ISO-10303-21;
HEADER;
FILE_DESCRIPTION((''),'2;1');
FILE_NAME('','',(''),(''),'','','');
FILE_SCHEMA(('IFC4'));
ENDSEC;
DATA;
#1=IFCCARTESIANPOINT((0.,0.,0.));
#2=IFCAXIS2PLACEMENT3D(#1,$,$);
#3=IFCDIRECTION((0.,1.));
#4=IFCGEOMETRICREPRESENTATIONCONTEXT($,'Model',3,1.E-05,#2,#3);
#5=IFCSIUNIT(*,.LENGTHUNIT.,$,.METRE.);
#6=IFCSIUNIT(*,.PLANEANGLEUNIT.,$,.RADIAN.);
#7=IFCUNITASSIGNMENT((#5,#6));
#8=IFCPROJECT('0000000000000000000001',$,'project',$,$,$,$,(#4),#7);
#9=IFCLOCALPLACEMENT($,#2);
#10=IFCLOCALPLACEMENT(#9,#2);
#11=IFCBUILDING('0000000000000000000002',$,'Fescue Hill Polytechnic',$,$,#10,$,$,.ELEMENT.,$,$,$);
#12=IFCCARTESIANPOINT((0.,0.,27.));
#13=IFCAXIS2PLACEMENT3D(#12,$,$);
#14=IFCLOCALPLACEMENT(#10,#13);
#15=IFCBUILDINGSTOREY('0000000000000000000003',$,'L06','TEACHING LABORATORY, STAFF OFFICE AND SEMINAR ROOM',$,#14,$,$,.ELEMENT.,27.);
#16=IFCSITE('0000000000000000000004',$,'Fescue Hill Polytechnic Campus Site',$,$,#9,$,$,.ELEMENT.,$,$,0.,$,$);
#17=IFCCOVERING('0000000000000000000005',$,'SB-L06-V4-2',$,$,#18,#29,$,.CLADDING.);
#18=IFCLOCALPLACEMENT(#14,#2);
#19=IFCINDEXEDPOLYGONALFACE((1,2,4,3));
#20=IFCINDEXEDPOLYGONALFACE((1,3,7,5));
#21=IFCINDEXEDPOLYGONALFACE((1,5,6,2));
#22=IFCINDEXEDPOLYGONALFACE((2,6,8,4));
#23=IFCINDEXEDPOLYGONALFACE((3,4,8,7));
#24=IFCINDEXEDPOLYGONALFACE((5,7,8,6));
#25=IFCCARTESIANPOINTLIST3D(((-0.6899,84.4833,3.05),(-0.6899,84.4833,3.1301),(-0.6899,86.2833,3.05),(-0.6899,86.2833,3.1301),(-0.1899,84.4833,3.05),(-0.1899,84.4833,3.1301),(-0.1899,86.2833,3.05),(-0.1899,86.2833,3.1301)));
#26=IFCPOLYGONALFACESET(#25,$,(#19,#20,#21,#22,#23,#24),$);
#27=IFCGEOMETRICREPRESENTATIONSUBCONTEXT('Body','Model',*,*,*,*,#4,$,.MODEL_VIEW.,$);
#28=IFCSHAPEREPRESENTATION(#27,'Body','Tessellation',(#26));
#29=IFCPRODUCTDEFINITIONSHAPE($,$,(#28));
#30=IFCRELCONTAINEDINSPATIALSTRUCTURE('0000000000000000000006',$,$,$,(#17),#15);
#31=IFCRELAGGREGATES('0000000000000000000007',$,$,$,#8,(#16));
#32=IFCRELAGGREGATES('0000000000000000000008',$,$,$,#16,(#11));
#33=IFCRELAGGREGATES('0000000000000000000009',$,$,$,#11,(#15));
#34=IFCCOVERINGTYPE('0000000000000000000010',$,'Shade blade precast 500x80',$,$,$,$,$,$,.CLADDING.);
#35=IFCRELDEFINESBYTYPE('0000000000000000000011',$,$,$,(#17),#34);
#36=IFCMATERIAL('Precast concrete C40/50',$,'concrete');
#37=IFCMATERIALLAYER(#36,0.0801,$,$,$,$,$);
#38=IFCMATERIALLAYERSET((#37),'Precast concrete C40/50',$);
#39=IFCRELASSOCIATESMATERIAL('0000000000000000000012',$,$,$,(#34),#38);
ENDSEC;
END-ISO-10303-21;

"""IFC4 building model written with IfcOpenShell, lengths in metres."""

from ifc_helpers import new_model, si_unit, direction, frame, origin, origin_2d, place, context, subcontext, project, spatial, rectangle, extrude, material, layer, layer_set, type_object, element, save


model = new_model("IFC4")

# Units and contexts
model_context = context("Model", 3, precision=1e-05, world=origin(), true_north=direction((0.0, 1.0)))
body_context = subcontext(model_context, "Body", "Model", "MODEL_VIEW")
ifc_project = project(units=[si_unit("LENGTHUNIT", "METRE"), si_unit("PLANEANGLEUNIT", "RADIAN")], contexts=[model_context])

# Site, building, storey
site_placement = place(None, origin())
site = spatial("IfcSite", under=ifc_project, at=site_placement, Name="Fescue Hill Polytechnic Campus Site", CompositionType="ELEMENT", RefElevation=0.0)
building_placement = place(site_placement, origin())
building = spatial("IfcBuilding", under=site, at=building_placement, Name="Fescue Hill Polytechnic", CompositionType="ELEMENT")
storey_placement = place(building_placement, frame((0.0, 0.0, 27.0)))
storey = spatial("IfcBuildingStorey", under=building, at=storey_placement, Name="L06", Description="TEACHING LABORATORY, STAFF OFFICE AND SEMINAR ROOM", CompositionType="ELEMENT", Elevation=27.0)

# Covering
ifc_material_1 = material(Name="Precast concrete C40/50", Category="concrete")
ifc_layer_1 = layer(ifc_material_1, 0.0801)
ifc_layer_set_1 = layer_set([ifc_layer_1], Name="Precast concrete C40/50")
covering_type = type_object("IfcCoveringType", Name="Shade blade precast 500x80", PredefinedType="CLADDING", material=ifc_layer_set_1)
covering_1_placement = place(storey_placement, frame((-0.4399, 85.3833, 3.05), z_axis=(0.0, 0.0, 1.0), x_axis=(0.0, -1.0, 0.0)))
element("IfcCovering", 1, at=covering_1_placement, inside=storey, type_object=covering_type, Name="SB-L06-V4-2", PredefinedType="CLADDING", context=body_context, shape_type="SweptSolid", body=[
    extrude(rectangle(XDim=1.8, YDim=0.5, at=origin_2d()), origin(), (0.0, 0.0, 1.0), 0.0801),
])

save(model, "model.ifc")
